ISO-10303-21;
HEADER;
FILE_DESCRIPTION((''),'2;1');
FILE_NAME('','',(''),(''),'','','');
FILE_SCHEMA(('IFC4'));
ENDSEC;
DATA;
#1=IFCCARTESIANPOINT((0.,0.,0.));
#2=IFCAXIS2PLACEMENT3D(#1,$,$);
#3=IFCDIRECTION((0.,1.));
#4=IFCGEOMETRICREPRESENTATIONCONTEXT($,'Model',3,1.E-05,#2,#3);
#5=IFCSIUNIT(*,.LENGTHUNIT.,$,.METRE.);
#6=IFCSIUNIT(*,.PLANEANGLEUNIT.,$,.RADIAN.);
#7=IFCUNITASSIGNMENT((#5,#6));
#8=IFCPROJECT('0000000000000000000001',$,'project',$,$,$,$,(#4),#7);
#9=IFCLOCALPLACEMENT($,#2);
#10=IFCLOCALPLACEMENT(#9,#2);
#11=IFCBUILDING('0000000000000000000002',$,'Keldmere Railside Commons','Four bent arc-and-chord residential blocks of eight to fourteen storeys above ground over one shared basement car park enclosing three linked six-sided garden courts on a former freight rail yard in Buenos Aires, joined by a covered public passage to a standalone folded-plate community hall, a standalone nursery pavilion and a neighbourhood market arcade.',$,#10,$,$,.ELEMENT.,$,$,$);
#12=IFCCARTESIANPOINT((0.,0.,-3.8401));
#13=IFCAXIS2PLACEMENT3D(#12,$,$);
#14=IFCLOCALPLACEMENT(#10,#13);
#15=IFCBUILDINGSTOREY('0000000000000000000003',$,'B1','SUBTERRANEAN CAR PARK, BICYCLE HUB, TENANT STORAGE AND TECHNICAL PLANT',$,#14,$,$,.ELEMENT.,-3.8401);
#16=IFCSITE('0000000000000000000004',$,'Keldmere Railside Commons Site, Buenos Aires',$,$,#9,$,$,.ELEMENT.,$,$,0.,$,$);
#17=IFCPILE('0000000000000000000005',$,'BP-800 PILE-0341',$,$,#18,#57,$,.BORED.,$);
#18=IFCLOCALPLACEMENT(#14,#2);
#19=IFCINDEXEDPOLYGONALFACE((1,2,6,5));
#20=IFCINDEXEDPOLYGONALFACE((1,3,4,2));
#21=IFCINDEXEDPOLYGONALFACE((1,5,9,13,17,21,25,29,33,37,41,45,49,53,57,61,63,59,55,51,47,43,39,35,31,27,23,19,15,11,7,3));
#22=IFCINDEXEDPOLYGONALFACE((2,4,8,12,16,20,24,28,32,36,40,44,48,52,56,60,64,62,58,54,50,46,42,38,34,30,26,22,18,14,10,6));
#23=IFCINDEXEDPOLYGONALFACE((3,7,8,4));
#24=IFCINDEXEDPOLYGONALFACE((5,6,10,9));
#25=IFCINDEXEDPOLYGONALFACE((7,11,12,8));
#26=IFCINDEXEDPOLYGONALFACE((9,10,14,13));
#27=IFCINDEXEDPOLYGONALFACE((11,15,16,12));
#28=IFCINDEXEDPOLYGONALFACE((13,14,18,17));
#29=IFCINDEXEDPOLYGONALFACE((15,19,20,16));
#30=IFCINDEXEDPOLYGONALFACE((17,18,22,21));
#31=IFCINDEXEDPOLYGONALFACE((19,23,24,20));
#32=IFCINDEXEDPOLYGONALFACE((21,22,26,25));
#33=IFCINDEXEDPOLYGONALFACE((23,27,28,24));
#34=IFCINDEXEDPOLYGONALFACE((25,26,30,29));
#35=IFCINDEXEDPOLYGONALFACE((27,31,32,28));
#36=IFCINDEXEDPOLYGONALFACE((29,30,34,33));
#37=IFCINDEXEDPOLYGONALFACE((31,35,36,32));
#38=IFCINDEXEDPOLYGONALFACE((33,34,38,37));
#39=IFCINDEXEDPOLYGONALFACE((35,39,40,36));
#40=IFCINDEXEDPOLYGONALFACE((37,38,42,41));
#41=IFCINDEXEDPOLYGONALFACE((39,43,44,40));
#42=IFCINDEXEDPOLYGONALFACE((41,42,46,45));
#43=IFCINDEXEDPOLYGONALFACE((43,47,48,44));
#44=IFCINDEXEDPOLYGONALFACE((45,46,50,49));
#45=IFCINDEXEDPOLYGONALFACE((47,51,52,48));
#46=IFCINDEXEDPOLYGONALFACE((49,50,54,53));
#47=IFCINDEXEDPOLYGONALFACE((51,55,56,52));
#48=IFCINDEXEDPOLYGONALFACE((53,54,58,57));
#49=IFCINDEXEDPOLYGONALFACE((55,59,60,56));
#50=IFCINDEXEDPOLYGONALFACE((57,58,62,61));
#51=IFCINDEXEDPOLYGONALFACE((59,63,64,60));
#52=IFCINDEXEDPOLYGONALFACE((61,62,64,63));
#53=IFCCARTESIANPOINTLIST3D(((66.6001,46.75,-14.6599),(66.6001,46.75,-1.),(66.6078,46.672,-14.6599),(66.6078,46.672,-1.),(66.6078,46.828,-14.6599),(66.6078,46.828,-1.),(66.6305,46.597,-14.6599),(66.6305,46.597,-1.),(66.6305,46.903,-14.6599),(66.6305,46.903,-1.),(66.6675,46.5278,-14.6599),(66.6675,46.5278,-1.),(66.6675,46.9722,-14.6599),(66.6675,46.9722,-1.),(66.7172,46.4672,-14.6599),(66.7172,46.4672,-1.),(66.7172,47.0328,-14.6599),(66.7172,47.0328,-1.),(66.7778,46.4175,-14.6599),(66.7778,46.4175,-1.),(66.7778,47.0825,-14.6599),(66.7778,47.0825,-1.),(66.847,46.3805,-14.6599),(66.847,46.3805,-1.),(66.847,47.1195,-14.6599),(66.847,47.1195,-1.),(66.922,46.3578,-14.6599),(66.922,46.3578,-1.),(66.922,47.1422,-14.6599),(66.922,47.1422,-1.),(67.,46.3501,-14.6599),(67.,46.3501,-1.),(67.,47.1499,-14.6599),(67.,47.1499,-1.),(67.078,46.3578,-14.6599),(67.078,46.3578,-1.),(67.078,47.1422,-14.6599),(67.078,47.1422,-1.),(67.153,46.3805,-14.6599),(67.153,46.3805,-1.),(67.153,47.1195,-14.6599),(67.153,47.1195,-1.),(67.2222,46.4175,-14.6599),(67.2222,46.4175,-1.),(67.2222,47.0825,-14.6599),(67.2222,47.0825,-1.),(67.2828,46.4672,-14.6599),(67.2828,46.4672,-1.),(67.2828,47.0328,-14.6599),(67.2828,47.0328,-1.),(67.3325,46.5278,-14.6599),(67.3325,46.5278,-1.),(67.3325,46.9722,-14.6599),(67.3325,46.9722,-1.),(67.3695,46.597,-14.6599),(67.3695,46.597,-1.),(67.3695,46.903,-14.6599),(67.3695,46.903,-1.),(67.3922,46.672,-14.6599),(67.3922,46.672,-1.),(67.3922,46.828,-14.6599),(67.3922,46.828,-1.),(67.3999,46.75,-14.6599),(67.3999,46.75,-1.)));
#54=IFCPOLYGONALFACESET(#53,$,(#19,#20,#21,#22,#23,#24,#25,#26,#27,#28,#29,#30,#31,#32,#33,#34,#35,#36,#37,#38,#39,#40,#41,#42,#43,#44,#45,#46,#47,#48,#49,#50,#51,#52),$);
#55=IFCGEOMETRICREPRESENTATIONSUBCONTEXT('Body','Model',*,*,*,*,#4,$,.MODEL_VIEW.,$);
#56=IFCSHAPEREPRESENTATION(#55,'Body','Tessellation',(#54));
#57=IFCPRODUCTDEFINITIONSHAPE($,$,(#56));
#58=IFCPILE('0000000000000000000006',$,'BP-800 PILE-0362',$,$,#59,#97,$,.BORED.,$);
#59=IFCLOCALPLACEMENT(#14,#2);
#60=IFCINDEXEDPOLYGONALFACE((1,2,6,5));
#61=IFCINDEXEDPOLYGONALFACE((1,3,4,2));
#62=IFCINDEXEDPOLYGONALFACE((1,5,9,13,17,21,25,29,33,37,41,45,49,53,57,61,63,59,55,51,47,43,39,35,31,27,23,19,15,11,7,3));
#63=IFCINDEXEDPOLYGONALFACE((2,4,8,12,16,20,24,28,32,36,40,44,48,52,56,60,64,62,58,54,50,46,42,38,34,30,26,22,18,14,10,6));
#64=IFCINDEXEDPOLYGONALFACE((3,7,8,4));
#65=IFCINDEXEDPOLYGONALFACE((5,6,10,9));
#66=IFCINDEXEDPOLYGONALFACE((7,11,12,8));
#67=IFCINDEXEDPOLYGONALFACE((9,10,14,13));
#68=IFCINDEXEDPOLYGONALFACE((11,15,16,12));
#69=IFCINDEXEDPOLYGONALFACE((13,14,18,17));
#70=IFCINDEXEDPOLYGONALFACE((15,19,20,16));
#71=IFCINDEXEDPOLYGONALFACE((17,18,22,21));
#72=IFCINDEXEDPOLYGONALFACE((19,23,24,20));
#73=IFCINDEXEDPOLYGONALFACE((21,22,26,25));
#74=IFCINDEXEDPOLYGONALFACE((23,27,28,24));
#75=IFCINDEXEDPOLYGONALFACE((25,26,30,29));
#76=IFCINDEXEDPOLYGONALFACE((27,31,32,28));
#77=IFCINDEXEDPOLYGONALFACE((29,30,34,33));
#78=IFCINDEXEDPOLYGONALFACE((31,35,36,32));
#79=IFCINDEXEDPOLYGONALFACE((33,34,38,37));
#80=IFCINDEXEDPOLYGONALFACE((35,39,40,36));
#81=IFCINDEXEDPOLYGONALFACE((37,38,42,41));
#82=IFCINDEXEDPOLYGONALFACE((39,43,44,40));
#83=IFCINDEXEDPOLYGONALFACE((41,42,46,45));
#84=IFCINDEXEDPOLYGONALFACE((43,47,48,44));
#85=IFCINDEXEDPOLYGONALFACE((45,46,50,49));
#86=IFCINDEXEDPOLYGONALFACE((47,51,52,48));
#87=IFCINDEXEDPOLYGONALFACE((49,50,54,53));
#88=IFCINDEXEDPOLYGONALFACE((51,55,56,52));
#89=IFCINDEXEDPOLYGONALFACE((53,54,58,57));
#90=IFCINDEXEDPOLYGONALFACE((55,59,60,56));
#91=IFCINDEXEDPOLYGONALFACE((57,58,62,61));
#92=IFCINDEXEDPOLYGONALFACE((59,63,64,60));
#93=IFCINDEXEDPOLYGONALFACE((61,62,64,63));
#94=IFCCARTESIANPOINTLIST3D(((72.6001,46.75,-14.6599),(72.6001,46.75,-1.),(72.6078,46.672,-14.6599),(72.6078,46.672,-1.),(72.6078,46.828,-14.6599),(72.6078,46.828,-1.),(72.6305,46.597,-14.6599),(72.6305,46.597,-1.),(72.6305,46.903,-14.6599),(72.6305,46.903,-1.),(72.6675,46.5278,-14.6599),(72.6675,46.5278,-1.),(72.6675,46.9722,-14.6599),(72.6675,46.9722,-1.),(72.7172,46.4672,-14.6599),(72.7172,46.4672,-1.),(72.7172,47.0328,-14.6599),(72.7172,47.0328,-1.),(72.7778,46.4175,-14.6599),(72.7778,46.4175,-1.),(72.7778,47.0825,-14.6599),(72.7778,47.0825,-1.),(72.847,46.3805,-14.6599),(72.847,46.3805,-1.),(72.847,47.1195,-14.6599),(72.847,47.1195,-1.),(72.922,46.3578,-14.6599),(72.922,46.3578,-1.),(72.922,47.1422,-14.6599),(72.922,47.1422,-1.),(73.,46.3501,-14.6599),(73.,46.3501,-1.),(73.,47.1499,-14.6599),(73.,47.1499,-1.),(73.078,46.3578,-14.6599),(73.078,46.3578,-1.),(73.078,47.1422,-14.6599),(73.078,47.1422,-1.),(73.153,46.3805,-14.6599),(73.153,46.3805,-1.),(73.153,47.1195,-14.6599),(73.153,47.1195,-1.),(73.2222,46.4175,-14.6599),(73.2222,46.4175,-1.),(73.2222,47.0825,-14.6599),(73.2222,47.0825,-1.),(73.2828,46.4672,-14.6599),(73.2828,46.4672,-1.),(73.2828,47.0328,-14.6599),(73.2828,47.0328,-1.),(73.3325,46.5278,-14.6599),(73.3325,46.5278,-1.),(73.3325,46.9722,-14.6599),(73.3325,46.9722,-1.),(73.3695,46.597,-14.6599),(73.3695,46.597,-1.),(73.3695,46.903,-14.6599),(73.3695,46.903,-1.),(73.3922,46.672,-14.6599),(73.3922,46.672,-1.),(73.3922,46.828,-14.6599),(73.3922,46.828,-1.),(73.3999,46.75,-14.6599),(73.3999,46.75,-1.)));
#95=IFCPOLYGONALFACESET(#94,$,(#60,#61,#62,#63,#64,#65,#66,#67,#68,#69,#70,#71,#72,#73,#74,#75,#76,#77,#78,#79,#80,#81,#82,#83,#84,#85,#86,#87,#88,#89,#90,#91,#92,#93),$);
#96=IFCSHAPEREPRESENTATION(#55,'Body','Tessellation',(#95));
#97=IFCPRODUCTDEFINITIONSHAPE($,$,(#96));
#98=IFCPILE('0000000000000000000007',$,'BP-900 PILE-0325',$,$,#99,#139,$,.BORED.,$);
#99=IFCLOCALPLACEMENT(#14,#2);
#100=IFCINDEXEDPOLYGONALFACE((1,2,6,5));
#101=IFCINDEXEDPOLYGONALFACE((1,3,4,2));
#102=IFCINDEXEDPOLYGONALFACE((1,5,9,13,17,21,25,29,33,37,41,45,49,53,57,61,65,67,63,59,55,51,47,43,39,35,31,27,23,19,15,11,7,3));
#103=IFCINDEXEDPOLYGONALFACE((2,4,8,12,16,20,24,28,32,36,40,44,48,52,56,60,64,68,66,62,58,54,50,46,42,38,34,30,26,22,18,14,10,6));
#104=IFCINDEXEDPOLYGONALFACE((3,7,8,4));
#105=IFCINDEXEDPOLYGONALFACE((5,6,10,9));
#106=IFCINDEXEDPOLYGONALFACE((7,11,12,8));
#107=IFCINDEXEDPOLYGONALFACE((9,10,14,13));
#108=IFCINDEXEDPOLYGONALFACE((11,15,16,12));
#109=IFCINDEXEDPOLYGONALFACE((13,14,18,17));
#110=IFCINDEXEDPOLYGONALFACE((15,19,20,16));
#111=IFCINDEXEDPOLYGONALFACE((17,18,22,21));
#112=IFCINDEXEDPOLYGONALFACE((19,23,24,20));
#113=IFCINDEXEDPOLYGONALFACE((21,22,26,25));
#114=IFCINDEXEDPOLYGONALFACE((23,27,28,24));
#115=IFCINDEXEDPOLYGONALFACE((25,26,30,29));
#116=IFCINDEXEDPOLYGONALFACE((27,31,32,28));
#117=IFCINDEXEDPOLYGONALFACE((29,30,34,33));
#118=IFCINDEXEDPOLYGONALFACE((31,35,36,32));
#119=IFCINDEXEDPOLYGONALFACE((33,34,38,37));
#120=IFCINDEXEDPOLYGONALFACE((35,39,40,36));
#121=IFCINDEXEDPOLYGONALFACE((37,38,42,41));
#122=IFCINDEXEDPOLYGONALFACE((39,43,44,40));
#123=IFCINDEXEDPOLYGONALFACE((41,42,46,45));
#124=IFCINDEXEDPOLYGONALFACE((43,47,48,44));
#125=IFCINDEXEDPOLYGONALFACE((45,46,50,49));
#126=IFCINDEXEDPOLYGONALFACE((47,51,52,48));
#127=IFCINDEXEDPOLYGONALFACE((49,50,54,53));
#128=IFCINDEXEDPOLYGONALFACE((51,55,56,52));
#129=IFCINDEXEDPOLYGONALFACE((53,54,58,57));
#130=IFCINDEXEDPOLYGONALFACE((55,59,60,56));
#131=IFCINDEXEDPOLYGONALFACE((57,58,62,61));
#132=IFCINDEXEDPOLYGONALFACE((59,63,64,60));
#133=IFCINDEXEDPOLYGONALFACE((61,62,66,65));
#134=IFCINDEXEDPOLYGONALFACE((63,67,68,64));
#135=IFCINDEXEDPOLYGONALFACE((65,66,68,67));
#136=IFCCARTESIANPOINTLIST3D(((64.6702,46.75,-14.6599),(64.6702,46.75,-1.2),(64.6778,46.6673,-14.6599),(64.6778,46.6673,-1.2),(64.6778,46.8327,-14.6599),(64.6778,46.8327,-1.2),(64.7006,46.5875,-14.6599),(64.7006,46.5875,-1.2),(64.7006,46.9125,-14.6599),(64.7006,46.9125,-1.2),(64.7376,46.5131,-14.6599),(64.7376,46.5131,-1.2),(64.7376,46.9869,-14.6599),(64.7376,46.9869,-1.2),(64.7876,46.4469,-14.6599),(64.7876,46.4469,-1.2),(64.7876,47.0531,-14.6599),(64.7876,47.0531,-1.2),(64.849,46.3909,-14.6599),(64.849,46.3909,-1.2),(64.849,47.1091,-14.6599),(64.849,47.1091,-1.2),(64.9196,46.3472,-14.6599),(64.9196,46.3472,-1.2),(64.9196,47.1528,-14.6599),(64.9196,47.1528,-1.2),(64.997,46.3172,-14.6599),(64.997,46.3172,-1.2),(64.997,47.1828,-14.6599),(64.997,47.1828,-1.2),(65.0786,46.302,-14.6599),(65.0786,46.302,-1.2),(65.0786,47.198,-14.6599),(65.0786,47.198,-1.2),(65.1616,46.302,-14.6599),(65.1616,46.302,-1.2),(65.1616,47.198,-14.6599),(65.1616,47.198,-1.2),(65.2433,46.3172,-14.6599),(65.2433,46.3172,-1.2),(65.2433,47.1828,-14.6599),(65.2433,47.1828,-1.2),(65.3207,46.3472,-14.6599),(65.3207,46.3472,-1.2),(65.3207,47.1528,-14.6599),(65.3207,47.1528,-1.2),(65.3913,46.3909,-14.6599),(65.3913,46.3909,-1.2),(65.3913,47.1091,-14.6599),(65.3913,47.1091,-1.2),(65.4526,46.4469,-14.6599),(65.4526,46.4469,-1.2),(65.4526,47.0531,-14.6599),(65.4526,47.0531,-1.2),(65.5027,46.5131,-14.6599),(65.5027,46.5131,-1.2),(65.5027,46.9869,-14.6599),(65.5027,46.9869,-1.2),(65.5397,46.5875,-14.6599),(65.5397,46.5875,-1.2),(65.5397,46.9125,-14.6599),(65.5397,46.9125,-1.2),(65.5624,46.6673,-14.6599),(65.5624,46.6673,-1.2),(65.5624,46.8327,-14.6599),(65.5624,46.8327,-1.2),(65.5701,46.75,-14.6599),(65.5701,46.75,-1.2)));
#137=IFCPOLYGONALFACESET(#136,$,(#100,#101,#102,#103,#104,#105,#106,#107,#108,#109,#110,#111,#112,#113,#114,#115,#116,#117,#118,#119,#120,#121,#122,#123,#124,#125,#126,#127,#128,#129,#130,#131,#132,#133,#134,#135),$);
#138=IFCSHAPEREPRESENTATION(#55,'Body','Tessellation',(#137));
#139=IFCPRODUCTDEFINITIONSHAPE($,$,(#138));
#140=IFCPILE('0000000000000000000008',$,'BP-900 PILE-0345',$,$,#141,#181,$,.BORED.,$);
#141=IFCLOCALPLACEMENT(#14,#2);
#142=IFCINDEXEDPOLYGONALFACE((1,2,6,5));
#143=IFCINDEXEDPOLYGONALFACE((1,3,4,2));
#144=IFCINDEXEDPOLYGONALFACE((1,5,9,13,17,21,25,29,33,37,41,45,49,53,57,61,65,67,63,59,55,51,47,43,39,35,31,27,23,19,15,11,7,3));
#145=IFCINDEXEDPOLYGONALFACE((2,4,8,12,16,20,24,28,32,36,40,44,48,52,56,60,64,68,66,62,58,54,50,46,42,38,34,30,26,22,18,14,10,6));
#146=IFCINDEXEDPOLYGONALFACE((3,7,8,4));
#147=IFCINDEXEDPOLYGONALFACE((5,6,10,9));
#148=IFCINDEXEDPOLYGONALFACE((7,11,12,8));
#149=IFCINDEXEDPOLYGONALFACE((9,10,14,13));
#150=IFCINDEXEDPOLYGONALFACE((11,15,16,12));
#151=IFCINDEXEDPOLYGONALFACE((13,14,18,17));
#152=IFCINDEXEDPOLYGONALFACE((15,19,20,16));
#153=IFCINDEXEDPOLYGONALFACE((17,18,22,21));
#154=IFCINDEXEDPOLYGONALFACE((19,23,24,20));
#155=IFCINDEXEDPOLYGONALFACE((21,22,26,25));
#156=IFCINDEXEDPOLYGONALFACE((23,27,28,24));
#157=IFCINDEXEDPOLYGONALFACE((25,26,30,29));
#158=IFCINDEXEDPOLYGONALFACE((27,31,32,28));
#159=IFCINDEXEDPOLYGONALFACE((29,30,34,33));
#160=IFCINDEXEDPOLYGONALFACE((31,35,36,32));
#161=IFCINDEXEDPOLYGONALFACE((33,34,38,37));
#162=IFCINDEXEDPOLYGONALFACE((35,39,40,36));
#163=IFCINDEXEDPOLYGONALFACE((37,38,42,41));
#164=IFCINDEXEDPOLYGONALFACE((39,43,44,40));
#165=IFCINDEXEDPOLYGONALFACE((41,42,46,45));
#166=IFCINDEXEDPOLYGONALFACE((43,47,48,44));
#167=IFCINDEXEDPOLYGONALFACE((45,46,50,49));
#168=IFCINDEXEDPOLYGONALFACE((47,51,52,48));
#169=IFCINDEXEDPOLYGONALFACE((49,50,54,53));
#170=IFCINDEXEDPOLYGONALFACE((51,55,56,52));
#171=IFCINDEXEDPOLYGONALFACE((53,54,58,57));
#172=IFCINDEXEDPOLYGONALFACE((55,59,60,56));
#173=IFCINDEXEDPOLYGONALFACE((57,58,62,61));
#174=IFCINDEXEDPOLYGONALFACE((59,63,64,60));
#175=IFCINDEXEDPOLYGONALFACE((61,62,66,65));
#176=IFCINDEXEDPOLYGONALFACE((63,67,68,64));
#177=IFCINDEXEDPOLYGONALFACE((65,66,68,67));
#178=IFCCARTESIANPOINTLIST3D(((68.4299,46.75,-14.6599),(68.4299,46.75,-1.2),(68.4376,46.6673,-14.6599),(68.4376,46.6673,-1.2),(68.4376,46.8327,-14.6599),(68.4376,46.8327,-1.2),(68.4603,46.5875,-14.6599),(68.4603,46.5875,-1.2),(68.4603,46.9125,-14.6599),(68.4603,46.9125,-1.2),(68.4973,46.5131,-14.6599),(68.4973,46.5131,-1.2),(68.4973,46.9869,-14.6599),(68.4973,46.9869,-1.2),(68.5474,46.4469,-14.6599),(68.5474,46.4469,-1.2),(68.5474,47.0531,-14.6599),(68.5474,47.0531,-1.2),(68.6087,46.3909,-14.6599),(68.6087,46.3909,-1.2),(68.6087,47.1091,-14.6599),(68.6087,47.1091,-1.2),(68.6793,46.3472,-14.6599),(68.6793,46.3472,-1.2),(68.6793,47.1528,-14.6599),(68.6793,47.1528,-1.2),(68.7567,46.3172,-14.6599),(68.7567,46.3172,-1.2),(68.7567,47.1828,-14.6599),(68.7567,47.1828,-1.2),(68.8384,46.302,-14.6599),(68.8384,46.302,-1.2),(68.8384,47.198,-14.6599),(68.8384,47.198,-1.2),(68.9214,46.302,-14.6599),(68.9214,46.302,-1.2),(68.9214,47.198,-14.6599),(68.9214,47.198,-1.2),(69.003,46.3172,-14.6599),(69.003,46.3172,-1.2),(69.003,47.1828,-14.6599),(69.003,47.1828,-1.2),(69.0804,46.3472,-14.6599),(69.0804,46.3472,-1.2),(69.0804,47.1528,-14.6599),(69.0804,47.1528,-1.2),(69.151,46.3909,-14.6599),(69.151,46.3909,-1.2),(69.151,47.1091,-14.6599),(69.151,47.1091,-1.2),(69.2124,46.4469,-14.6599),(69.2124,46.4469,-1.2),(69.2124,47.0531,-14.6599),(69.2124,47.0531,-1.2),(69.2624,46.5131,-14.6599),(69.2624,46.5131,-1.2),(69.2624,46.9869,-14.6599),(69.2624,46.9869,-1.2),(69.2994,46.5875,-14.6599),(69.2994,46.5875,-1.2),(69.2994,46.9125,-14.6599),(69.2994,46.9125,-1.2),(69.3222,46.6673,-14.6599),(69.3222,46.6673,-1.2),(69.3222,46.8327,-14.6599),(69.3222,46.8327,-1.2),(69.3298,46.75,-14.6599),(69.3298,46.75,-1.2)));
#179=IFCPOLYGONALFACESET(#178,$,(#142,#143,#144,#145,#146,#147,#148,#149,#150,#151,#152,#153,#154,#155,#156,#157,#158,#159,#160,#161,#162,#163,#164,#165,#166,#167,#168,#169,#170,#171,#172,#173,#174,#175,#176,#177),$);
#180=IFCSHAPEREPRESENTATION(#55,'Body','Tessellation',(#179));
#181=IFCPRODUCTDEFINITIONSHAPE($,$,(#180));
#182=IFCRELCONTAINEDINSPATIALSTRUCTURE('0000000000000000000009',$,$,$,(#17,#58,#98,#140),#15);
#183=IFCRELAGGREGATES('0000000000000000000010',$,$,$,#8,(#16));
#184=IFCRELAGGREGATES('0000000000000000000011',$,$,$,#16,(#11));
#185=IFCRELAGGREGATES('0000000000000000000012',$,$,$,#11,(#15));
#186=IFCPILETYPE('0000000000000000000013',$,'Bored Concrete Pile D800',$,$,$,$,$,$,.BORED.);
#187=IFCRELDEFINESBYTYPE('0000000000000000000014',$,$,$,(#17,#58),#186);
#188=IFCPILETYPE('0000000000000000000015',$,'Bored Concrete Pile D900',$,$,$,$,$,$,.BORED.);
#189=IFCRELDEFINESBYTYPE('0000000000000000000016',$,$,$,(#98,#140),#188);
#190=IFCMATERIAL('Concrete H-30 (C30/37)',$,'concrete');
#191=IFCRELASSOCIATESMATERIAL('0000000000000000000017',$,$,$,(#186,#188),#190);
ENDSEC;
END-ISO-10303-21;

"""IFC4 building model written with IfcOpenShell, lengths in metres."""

from ifc_helpers import new_model, si_unit, direction, frame, origin, origin_2d, place, context, subcontext, project, spatial, circle, extrude, material, material_profile, profile_set, type_object, element, save


model = new_model("IFC4")

# Units and contexts
model_context = context("Model", 3, precision=1e-05, world=origin(), true_north=direction((0.0, 1.0)))
body_context = subcontext(model_context, "Body", "Model", "MODEL_VIEW")
ifc_project = project(units=[si_unit("LENGTHUNIT", "METRE"), si_unit("PLANEANGLEUNIT", "RADIAN")], contexts=[model_context])

# Site, building, storey
site_placement = place(None, origin())
site = spatial("IfcSite", under=ifc_project, at=site_placement, Name="Keldmere Railside Commons Site, Buenos Aires", CompositionType="ELEMENT", RefElevation=0.0)
building_placement = place(site_placement, origin())
building = spatial("IfcBuilding", under=site, at=building_placement, Name="Keldmere Railside Commons", Description="Four bent arc-and-chord residential blocks of eight to fourteen storeys above ground over one shared basement car park enclosing three linked six-sided garden courts on a former freight rail yard in Buenos Aires, joined by a covered public passage to a standalone folded-plate community hall, a standalone nursery pavilion and a neighbourhood market arcade.", CompositionType="ELEMENT")
storey_placement = place(building_placement, frame((0.0, 0.0, -3.8401)))
storey = spatial("IfcBuildingStorey", under=building, at=storey_placement, Name="B1", Description="SUBTERRANEAN CAR PARK, BICYCLE HUB, TENANT STORAGE AND TECHNICAL PLANT", CompositionType="ELEMENT", Elevation=-3.8401)

# Piles
ifc_material_1 = material(Name="Concrete H-30 (C30/37)", Category="concrete")
ifc_material_profile_1 = material_profile(ifc_material_1, circle(Radius=0.3999, at=origin_2d()), Name="PILE-D800")
ifc_profile_set_1 = profile_set([ifc_material_profile_1], Name="Concrete H-30 (C30/37)")
pile_type_1 = type_object("IfcPileType", Name="Bored Concrete Pile D800", PredefinedType="BORED", material=ifc_profile_set_1)
for number, where, z_axis, x_axis, name in (
    (1, (67.0, 46.75, -1.0), (0.0, 0.0, -1.0), (1.0, 0.0, 0.0), "BP-800 PILE-0341"),
    (2, (73.0, 46.75, -1.0), (0.0, 0.0, -1.0), (1.0, 0.0, 0.0), "BP-800 PILE-0362"),
):
    element("IfcPile", number, at=place(storey_placement, frame(where, z_axis=z_axis, x_axis=x_axis)), inside=storey, type_object=pile_type_1, Name=name, PredefinedType="BORED", context=body_context, shape_type="SweptSolid", body=[
        extrude(circle(Radius=0.3999, at=origin_2d()), origin(), (0.0, 0.0, 1.0), 13.6599),
    ])
ifc_material_profile_2 = material_profile(ifc_material_1, circle(Radius=0.45, at=origin_2d()), Name="PILE-D900")
ifc_profile_set_2 = profile_set([ifc_material_profile_2], Name="Concrete H-30 (C30/37)")
pile_type_2 = type_object("IfcPileType", Name="Bored Concrete Pile D900", PredefinedType="BORED", material=ifc_profile_set_2)
for number, where, z_axis, x_axis, name in (
    (3, (65.1201, 46.75, -1.2), (0.0, 0.0, -1.0), (1.0, 0.0, 0.0), "BP-900 PILE-0325"),
    (4, (68.8799, 46.75, -1.2), (0.0, 0.0, -1.0), (1.0, 0.0, 0.0), "BP-900 PILE-0345"),
):
    element("IfcPile", number, at=place(storey_placement, frame(where, z_axis=z_axis, x_axis=x_axis)), inside=storey, type_object=pile_type_2, Name=name, PredefinedType="BORED", context=body_context, shape_type="SweptSolid", body=[
        extrude(circle(Radius=0.45, at=origin_2d()), origin(), (0.0, 0.0, 1.0), 13.46),
    ])

save(model, "model.ifc")
